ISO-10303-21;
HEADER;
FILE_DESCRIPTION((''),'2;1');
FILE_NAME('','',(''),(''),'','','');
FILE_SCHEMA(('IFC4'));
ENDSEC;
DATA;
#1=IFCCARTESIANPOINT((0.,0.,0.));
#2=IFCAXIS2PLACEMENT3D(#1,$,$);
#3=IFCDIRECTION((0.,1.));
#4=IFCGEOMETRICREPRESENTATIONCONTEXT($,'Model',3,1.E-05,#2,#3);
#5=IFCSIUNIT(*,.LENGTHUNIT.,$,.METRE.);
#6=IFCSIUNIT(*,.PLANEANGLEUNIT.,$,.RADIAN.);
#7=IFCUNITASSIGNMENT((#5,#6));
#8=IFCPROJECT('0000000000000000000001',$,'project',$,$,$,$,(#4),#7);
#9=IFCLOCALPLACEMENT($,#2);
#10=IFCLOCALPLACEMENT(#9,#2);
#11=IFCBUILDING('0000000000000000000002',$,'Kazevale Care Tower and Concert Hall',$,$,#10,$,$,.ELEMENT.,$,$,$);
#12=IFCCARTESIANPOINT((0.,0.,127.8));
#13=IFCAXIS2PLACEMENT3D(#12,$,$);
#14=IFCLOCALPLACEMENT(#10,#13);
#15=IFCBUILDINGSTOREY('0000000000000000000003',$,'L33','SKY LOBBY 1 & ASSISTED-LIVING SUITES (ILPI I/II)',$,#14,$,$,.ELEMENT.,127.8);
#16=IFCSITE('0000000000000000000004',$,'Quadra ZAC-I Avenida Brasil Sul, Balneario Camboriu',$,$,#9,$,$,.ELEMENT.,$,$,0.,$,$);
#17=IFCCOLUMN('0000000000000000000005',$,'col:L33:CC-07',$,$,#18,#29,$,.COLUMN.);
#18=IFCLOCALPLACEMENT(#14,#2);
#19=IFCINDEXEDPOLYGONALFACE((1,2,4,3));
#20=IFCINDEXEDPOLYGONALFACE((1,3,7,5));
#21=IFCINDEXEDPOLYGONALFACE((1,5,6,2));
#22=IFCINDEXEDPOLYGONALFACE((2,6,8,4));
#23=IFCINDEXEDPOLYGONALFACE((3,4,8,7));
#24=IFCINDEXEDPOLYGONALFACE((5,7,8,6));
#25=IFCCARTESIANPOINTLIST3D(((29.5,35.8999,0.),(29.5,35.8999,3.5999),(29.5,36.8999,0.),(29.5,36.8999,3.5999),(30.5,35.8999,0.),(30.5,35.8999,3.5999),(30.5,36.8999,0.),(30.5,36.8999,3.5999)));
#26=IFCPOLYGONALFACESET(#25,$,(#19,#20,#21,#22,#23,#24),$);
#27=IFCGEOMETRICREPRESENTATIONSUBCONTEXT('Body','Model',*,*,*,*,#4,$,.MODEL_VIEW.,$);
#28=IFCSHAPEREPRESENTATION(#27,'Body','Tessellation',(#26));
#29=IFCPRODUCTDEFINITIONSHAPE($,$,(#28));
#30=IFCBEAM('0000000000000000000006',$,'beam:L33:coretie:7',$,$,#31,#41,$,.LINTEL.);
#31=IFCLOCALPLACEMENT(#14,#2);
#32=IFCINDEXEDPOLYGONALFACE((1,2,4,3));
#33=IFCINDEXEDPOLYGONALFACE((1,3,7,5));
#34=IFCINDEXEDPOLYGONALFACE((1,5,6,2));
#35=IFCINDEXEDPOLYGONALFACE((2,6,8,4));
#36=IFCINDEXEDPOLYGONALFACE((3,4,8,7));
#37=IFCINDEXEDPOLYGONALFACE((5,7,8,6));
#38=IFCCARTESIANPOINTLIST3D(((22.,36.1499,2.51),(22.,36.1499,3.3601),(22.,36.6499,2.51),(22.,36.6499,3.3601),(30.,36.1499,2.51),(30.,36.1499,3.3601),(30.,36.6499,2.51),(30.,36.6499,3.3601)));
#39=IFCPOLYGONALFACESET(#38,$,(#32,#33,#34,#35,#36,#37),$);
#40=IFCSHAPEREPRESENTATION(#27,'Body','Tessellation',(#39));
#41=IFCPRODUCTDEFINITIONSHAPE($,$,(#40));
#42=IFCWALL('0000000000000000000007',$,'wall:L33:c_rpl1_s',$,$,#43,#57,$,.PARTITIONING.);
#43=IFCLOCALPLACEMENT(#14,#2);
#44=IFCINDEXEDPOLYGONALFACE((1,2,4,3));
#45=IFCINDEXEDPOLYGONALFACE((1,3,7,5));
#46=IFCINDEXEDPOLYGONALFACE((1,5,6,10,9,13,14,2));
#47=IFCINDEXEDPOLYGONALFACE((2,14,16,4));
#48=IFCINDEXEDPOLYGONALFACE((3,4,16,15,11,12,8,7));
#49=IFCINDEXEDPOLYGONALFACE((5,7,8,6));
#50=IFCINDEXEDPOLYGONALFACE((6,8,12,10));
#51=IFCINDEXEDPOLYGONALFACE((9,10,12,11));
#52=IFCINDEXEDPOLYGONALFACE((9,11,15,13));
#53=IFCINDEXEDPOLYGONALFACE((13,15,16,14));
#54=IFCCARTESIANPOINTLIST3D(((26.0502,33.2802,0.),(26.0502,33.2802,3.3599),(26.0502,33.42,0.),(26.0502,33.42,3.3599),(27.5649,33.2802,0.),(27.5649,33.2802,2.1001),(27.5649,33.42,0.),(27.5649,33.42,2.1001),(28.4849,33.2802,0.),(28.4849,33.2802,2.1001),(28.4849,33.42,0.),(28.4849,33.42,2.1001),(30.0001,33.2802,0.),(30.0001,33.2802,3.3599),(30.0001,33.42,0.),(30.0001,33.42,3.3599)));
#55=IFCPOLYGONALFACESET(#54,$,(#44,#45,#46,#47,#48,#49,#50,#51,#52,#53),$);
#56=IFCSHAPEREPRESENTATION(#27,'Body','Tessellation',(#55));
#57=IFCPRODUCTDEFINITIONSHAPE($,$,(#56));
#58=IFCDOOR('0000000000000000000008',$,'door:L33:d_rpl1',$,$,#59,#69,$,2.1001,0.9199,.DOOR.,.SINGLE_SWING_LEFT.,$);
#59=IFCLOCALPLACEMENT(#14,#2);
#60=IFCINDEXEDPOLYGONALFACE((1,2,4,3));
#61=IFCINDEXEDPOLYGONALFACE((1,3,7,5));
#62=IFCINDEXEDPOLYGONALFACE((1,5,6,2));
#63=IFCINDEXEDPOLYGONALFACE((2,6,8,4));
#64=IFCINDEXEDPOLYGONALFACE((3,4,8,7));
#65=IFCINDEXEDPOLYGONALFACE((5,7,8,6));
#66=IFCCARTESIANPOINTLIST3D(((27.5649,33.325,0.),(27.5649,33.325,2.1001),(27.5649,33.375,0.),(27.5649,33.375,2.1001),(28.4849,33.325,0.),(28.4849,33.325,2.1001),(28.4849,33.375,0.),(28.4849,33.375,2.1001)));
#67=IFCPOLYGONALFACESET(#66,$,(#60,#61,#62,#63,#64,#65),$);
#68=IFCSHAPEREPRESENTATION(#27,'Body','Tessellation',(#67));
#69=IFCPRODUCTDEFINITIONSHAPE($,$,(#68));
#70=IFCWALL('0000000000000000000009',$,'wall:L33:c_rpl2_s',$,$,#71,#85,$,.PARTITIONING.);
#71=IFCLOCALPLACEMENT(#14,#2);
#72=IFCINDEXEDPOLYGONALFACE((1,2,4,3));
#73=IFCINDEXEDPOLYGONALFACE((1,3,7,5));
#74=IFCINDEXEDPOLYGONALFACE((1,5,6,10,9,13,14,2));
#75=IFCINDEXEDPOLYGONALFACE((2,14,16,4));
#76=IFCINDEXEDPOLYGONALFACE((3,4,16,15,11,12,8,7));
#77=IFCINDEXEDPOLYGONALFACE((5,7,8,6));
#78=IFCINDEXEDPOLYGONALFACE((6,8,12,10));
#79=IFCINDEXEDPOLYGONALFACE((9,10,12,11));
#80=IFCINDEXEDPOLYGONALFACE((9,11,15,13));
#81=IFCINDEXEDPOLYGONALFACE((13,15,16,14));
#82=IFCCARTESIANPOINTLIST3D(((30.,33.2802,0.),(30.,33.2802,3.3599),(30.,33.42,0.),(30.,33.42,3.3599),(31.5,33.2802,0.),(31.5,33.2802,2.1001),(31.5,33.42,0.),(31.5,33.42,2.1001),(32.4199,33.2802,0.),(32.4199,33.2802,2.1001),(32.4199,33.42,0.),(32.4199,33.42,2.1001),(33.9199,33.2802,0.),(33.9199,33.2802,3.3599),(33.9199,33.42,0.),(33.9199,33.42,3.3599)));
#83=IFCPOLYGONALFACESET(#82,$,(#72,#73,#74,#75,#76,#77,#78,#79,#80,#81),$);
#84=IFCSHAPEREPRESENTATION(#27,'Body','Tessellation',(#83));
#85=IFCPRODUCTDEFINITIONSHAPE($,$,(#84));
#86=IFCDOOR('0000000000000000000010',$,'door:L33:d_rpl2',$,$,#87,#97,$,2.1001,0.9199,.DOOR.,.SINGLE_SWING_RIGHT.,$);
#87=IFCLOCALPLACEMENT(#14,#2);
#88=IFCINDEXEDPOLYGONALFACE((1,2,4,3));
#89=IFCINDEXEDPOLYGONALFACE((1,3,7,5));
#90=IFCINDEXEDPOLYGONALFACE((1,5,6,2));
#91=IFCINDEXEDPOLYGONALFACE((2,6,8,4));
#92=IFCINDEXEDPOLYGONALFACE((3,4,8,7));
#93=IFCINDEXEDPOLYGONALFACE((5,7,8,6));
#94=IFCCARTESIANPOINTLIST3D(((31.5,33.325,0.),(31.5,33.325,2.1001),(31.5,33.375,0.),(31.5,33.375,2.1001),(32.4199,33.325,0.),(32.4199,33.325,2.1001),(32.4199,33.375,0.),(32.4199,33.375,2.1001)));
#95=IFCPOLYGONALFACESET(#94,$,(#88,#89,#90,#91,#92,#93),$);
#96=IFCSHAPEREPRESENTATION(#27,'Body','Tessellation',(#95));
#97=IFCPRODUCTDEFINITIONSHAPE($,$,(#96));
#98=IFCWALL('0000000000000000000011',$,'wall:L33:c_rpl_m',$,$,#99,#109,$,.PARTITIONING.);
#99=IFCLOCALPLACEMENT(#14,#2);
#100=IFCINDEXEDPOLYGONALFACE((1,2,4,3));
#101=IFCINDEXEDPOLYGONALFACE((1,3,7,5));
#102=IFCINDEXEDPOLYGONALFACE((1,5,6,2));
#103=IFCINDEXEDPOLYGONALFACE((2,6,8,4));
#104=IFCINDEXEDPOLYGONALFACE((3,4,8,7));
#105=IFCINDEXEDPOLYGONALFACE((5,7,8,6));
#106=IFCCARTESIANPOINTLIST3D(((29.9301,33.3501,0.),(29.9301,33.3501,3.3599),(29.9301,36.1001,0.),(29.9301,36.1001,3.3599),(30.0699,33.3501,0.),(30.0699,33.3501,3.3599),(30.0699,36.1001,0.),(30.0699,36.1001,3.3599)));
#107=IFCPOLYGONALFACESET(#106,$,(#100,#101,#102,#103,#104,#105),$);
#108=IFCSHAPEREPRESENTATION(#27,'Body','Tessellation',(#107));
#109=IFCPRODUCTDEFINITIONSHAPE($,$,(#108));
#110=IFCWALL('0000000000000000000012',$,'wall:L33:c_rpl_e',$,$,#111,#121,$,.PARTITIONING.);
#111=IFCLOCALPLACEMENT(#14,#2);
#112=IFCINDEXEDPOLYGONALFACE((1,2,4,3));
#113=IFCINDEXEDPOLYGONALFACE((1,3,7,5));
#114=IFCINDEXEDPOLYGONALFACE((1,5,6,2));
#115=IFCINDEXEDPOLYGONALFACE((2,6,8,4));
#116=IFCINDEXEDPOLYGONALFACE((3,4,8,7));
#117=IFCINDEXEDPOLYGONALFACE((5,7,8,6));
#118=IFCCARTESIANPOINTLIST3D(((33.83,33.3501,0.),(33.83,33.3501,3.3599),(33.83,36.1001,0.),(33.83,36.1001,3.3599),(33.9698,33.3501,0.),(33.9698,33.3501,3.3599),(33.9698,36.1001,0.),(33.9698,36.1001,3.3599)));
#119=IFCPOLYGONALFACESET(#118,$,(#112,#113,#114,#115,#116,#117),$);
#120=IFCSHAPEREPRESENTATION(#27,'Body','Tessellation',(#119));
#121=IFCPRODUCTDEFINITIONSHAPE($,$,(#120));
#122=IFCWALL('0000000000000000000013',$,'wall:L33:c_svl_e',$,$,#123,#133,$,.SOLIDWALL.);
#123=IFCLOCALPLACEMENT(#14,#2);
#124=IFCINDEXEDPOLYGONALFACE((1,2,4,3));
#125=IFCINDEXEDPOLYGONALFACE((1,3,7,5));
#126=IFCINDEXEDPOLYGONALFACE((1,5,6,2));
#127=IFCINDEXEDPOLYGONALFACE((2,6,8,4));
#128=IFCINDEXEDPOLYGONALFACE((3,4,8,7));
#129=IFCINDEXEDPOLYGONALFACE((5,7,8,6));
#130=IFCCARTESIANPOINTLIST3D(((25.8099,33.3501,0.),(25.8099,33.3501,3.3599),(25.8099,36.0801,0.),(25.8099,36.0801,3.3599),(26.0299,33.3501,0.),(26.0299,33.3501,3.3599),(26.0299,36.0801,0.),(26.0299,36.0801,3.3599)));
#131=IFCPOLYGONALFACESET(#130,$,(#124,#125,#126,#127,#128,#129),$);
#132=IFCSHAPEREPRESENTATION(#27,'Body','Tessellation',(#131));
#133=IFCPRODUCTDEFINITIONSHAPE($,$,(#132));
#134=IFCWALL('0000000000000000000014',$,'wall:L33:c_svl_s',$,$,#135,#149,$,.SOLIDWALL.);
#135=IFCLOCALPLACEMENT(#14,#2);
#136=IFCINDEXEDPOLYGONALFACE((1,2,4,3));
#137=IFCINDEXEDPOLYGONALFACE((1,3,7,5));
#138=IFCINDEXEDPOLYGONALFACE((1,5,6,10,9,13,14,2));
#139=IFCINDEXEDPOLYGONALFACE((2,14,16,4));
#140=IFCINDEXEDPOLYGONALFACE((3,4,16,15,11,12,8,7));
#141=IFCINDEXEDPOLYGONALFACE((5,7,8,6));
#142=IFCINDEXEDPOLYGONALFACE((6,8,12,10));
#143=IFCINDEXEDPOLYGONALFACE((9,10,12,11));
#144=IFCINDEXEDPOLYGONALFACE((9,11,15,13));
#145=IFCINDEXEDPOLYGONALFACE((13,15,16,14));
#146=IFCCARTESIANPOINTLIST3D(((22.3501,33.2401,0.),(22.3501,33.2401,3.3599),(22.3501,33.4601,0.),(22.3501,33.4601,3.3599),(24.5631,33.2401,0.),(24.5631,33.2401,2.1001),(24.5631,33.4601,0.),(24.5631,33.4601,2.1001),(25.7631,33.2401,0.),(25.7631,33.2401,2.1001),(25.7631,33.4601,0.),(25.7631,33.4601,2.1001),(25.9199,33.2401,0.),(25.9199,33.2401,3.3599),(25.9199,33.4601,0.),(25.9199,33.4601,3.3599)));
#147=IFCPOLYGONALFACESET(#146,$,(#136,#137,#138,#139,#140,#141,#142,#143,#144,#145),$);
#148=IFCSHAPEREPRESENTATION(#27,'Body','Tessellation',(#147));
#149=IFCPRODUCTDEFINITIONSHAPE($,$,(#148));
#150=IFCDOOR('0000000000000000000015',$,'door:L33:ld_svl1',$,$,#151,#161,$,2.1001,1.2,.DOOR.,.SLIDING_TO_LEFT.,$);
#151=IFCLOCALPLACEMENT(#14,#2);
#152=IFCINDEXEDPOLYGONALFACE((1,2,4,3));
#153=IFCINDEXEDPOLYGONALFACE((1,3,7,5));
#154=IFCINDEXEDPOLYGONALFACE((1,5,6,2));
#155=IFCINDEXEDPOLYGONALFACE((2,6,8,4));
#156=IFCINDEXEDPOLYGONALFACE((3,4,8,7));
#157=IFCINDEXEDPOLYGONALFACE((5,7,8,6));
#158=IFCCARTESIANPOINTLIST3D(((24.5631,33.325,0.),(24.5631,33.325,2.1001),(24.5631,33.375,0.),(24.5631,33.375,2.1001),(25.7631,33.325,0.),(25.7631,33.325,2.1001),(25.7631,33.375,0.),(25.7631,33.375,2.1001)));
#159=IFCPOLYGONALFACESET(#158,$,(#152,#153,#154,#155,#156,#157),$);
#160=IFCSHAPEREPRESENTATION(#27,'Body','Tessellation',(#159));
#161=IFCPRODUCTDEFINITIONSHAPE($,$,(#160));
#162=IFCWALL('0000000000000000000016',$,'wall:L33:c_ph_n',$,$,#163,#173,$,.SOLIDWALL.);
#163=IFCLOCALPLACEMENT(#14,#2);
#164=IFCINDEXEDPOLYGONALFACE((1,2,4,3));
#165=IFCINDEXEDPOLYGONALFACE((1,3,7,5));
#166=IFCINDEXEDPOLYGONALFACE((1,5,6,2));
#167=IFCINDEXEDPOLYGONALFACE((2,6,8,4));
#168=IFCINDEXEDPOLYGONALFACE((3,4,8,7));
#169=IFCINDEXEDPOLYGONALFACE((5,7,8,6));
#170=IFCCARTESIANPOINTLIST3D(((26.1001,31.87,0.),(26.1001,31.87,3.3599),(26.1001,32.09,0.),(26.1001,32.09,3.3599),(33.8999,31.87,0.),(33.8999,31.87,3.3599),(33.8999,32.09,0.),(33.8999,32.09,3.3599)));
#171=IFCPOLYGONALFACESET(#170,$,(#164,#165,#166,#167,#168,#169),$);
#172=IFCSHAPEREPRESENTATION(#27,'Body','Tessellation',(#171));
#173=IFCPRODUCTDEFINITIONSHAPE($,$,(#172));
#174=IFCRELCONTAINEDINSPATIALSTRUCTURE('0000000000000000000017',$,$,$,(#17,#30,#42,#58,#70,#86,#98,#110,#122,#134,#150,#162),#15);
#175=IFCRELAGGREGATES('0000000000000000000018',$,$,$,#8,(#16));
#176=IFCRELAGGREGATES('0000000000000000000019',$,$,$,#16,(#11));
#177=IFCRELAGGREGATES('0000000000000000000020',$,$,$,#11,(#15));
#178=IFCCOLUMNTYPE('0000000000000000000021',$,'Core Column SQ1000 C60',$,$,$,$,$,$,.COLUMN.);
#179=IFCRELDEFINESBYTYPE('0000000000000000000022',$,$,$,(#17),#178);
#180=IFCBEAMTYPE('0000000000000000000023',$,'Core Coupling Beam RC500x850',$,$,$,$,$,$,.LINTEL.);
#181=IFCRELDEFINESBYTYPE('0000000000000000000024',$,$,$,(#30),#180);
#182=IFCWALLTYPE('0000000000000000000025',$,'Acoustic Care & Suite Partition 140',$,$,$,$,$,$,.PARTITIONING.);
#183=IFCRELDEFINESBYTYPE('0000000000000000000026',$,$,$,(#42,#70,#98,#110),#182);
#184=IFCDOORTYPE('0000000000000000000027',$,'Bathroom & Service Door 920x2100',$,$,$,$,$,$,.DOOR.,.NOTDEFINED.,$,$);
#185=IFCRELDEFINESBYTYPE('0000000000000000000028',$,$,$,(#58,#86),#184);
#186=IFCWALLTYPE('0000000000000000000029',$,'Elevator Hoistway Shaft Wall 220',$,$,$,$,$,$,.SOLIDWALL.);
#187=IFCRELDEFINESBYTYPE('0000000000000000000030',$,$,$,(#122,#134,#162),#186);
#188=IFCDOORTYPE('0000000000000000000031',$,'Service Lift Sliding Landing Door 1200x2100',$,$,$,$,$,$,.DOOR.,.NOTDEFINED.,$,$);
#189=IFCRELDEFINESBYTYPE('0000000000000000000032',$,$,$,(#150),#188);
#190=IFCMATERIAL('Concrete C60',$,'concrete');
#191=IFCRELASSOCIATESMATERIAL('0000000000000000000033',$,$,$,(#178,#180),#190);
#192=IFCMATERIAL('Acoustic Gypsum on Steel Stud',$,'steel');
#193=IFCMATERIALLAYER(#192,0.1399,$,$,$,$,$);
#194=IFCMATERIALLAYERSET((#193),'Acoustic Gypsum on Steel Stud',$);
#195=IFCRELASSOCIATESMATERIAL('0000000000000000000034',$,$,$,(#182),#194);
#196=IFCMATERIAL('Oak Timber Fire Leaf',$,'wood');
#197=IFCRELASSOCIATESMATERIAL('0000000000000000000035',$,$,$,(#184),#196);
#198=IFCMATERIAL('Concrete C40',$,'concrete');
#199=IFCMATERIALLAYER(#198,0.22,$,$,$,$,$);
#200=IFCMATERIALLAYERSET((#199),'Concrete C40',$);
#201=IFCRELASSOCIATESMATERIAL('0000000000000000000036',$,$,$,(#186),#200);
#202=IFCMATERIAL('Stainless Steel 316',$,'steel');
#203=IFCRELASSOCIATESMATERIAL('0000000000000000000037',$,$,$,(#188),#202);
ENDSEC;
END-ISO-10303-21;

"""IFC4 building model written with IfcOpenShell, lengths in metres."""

from ifc_helpers import new_model, si_unit, direction, frame, frame_2d, origin, origin_2d, place, context, subcontext, project, spatial, rectangle, extrude, material, layer, layer_set, material_profile, profile_set, type_object, element, fill, save


model = new_model("IFC4")

# Units and contexts
model_context = context("Model", 3, precision=1e-05, world=origin(), true_north=direction((0.0, 1.0)))
body_context = subcontext(model_context, "Body", "Model", "MODEL_VIEW")
ifc_project = project(units=[si_unit("LENGTHUNIT", "METRE"), si_unit("PLANEANGLEUNIT", "RADIAN")], contexts=[model_context])

# Site, building, storey
site_placement = place(None, origin())
site = spatial("IfcSite", under=ifc_project, at=site_placement, Name="Quadra ZAC-I Avenida Brasil Sul, Balneario Camboriu", CompositionType="ELEMENT", RefElevation=0.0)
building_placement = place(site_placement, origin())
building = spatial("IfcBuilding", under=site, at=building_placement, Name="Kazevale Care Tower and Concert Hall", CompositionType="ELEMENT")
storey_placement = place(building_placement, frame((0.0, 0.0, 127.8)))
storey = spatial("IfcBuildingStorey", under=building, at=storey_placement, Name="L33", Description="SKY LOBBY 1 & ASSISTED-LIVING SUITES (ILPI I/II)", CompositionType="ELEMENT", Elevation=127.8)

# Column
ifc_material_1 = material(Name="Concrete C60", Category="concrete")
ifc_material_profile_1 = material_profile(ifc_material_1, rectangle(XDim=1.0, YDim=1.0, at=origin_2d()), Name="RC-SQ1000")
ifc_profile_set_1 = profile_set([ifc_material_profile_1], Name="Concrete C60")
column_type = type_object("IfcColumnType", Name="Core Column SQ1000 C60", PredefinedType="COLUMN", material=ifc_profile_set_1)
column_placement = place(storey_placement, frame((30.0, 36.3999, 0.0), z_axis=(0.0, 0.0, 1.0), x_axis=(1.0, 0.0, 0.0)))
element("IfcColumn", 1, at=column_placement, inside=storey, type_object=column_type, Name="col:L33:CC-07", PredefinedType="COLUMN", context=body_context, shape_type="SweptSolid", body=[
    extrude(rectangle(XDim=1.0, YDim=1.0, at=origin_2d()), origin(), (0.0, 0.0, 1.0), 3.5999),
])

# Beam
ifc_material_profile_2 = material_profile(ifc_material_1, rectangle(XDim=0.5, YDim=0.8501, at=origin_2d()), Name="RC-B500x850")
ifc_profile_set_2 = profile_set([ifc_material_profile_2], Name="Concrete C60")
beam_type = type_object("IfcBeamType", Name="Core Coupling Beam RC500x850", PredefinedType="LINTEL", material=ifc_profile_set_2)
beam_placement = place(storey_placement, frame((30.0, 36.3999, 2.9351), z_axis=(-1.0, 0.0, 0.0), x_axis=(0.0, -1.0, 0.0)))
element("IfcBeam", 2, at=beam_placement, inside=storey, type_object=beam_type, Name="beam:L33:coretie:7", PredefinedType="LINTEL", context=body_context, shape_type="SweptSolid", body=[
    extrude(rectangle(XDim=0.5, YDim=0.8501, at=origin_2d()), origin(), (0.0, 0.0, 1.0), 8.0),
])

# Walls, openings, doors
ifc_material_2 = material(Name="Acoustic Gypsum on Steel Stud", Category="steel")
ifc_layer_1 = layer(ifc_material_2, 0.1399)
ifc_layer_set_1 = layer_set([ifc_layer_1], Name="Acoustic Gypsum on Steel Stud")
wall_type_1 = type_object("IfcWallType", Name="Acoustic Care & Suite Partition 140", PredefinedType="PARTITIONING", material=ifc_layer_set_1)
wall_1_placement = place(storey_placement, frame((26.05, 33.3501, 0.0), z_axis=(0.0, 0.0, 1.0), x_axis=(1.0, 0.0, 0.0)))
wall_1 = element("IfcWall", 3, at=wall_1_placement, inside=storey, type_object=wall_type_1, Name="wall:L33:c_rpl1_s", PredefinedType="PARTITIONING", context=body_context, shape_type="SweptSolid", body=[
    extrude(rectangle(XDim=3.95, YDim=0.1399, at=frame_2d((1.9751, 0.0))), origin(), (0.0, 0.0, 1.0), 3.3599),
])
opening_1_placement = place(wall_1_placement, frame((1.5149, 0.0, 0.0)))
opening_1 = element("IfcOpeningElement", 4, at=opening_1_placement, cuts=wall_1, PredefinedType="OPENING", context=body_context, shape_type="SweptSolid", body=[
    extrude(rectangle(XDim=0.9199, YDim=2.1001, at=frame_2d((0.46, 1.05))), frame((0.0, 0.0798, 0.0), z_axis=(0.0, -1.0, 0.0), x_axis=(1.0, 0.0, 0.0)), (0.0, 0.0, 1.0), 0.1599),
])
ifc_material_3 = material(Name="Oak Timber Fire Leaf", Category="wood")
door_type_1 = type_object("IfcDoorType", Name="Bathroom & Service Door 920x2100", OperationType="NOTDEFINED", PredefinedType="DOOR", material=ifc_material_3)
door_1_placement = place(opening_1_placement, origin())
door_1 = element("IfcDoor", 5, at=door_1_placement, inside=storey, type_object=door_type_1, Name="door:L33:d_rpl1", OperationType="SINGLE_SWING_LEFT", OverallHeight=2.1001, OverallWidth=0.9199, PredefinedType="DOOR", context=body_context, shape_type="SweptSolid", body=[
    extrude(rectangle(XDim=0.9199, YDim=2.1001, at=frame_2d((0.46, 1.05))), frame((0.0, 0.0249, 0.0), z_axis=(0.0, -1.0, 0.0), x_axis=(1.0, 0.0, 0.0)), (0.0, 0.0, 1.0), 0.05),
])
fill(opening_1, door_1)
wall_2_placement = place(storey_placement, frame((30.0, 33.3501, 0.0), z_axis=(0.0, 0.0, 1.0), x_axis=(1.0, 0.0, 0.0)))
wall_2 = element("IfcWall", 6, at=wall_2_placement, inside=storey, type_object=wall_type_1, Name="wall:L33:c_rpl2_s", PredefinedType="PARTITIONING", context=body_context, shape_type="SweptSolid", body=[
    extrude(rectangle(XDim=3.9199, YDim=0.1399, at=frame_2d((1.96, 0.0))), origin(), (0.0, 0.0, 1.0), 3.3599),
])
opening_2_placement = place(wall_2_placement, frame((1.5, 0.0, 0.0)))
opening_2 = element("IfcOpeningElement", 7, at=opening_2_placement, cuts=wall_2, PredefinedType="OPENING", context=body_context, shape_type="SweptSolid", body=[
    extrude(rectangle(XDim=0.9199, YDim=2.1001, at=frame_2d((0.46, 1.05))), frame((0.0, 0.0798, 0.0), z_axis=(0.0, -1.0, 0.0), x_axis=(1.0, 0.0, 0.0)), (0.0, 0.0, 1.0), 0.1599),
])
door_2_placement = place(opening_2_placement, origin())
door_2 = element("IfcDoor", 8, at=door_2_placement, inside=storey, type_object=door_type_1, Name="door:L33:d_rpl2", OperationType="SINGLE_SWING_RIGHT", OverallHeight=2.1001, OverallWidth=0.9199, PredefinedType="DOOR", context=body_context, shape_type="SweptSolid", body=[
    extrude(rectangle(XDim=0.9199, YDim=2.1001, at=frame_2d((0.46, 1.05))), frame((0.0, 0.0249, 0.0), z_axis=(0.0, -1.0, 0.0), x_axis=(1.0, 0.0, 0.0)), (0.0, 0.0, 1.0), 0.05),
])
fill(opening_2, door_2)

# Walls
for number, where, z_axis, x_axis, name in (
    (9, (30.0, 33.3501, 0.0), (0.0, 0.0, 1.0), (0.0, 1.0, 0.0), "wall:L33:c_rpl_m"),
    (10, (33.8999, 33.3501, 0.0), (0.0, 0.0, 1.0), (0.0, 1.0, 0.0), "wall:L33:c_rpl_e"),
):
    element("IfcWall", number, at=place(storey_placement, frame(where, z_axis=z_axis, x_axis=x_axis)), inside=storey, type_object=wall_type_1, Name=name, PredefinedType="PARTITIONING", context=body_context, shape_type="SweptSolid", body=[
        extrude(rectangle(XDim=2.75, YDim=0.1399, at=frame_2d((1.375, 0.0))), origin(), (0.0, 0.0, 1.0), 3.3599),
    ])
ifc_material_4 = material(Name="Concrete C40", Category="concrete")
ifc_layer_2 = layer(ifc_material_4, 0.22)
ifc_layer_set_2 = layer_set([ifc_layer_2], Name="Concrete C40")
wall_type_2 = type_object("IfcWallType", Name="Elevator Hoistway Shaft Wall 220", PredefinedType="SOLIDWALL", material=ifc_layer_set_2)
wall_3_placement = place(storey_placement, frame((25.9199, 33.3501, 0.0), z_axis=(0.0, 0.0, 1.0), x_axis=(0.0, 1.0, 0.0)))
element("IfcWall", 11, at=wall_3_placement, inside=storey, type_object=wall_type_2, Name="wall:L33:c_svl_e", PredefinedType="SOLIDWALL", context=body_context, shape_type="SweptSolid", body=[
    extrude(rectangle(XDim=2.73, YDim=0.22, at=frame_2d((1.365, 0.0))), origin(), (0.0, 0.0, 1.0), 3.3599),
])

# Wall, opening, door
wall_4_placement = place(storey_placement, frame((22.3501, 33.3501, 0.0), z_axis=(0.0, 0.0, 1.0), x_axis=(1.0, 0.0, 0.0)))
wall_4 = element("IfcWall", 12, at=wall_4_placement, inside=storey, type_object=wall_type_2, Name="wall:L33:c_svl_s", PredefinedType="SOLIDWALL", context=body_context, shape_type="SweptSolid", body=[
    extrude(rectangle(XDim=3.5698, YDim=0.22, at=frame_2d((1.7849, 0.0))), origin(), (0.0, 0.0, 1.0), 3.3599),
])
opening_3_placement = place(wall_4_placement, frame((2.2129, 0.0, 0.0)))
opening_3 = element("IfcOpeningElement", 13, at=opening_3_placement, cuts=wall_4, PredefinedType="OPENING", context=body_context, shape_type="SweptSolid", body=[
    extrude(rectangle(XDim=1.2, YDim=2.1001, at=frame_2d((0.6001, 1.05))), frame((0.0, 0.1199, 0.0), z_axis=(0.0, -1.0, 0.0), x_axis=(1.0, 0.0, 0.0)), (0.0, 0.0, 1.0), 0.24),
])
ifc_material_5 = material(Name="Stainless Steel 316", Category="steel")
door_type_2 = type_object("IfcDoorType", Name="Service Lift Sliding Landing Door 1200x2100", OperationType="NOTDEFINED", PredefinedType="DOOR", material=ifc_material_5)
door_3_placement = place(opening_3_placement, origin())
door_3 = element("IfcDoor", 14, at=door_3_placement, inside=storey, type_object=door_type_2, Name="door:L33:ld_svl1", OperationType="SLIDING_TO_LEFT", OverallHeight=2.1001, OverallWidth=1.2, PredefinedType="DOOR", context=body_context, shape_type="SweptSolid", body=[
    extrude(rectangle(XDim=1.2, YDim=2.1001, at=frame_2d((0.6001, 1.05))), frame((0.0, 0.0249, 0.0), z_axis=(0.0, -1.0, 0.0), x_axis=(1.0, 0.0, 0.0)), (0.0, 0.0, 1.0), 0.05),
])
fill(opening_3, door_3)

# Wall
wall_5_placement = place(storey_placement, frame((26.1001, 31.98, 0.0), z_axis=(0.0, 0.0, 1.0), x_axis=(1.0, 0.0, 0.0)))
element("IfcWall", 15, at=wall_5_placement, inside=storey, type_object=wall_type_2, Name="wall:L33:c_ph_n", PredefinedType="SOLIDWALL", context=body_context, shape_type="SweptSolid", body=[
    extrude(rectangle(XDim=7.7998, YDim=0.22, at=frame_2d((3.8999, 0.0))), origin(), (0.0, 0.0, 1.0), 3.3599),
])

save(model, "model.ifc")
